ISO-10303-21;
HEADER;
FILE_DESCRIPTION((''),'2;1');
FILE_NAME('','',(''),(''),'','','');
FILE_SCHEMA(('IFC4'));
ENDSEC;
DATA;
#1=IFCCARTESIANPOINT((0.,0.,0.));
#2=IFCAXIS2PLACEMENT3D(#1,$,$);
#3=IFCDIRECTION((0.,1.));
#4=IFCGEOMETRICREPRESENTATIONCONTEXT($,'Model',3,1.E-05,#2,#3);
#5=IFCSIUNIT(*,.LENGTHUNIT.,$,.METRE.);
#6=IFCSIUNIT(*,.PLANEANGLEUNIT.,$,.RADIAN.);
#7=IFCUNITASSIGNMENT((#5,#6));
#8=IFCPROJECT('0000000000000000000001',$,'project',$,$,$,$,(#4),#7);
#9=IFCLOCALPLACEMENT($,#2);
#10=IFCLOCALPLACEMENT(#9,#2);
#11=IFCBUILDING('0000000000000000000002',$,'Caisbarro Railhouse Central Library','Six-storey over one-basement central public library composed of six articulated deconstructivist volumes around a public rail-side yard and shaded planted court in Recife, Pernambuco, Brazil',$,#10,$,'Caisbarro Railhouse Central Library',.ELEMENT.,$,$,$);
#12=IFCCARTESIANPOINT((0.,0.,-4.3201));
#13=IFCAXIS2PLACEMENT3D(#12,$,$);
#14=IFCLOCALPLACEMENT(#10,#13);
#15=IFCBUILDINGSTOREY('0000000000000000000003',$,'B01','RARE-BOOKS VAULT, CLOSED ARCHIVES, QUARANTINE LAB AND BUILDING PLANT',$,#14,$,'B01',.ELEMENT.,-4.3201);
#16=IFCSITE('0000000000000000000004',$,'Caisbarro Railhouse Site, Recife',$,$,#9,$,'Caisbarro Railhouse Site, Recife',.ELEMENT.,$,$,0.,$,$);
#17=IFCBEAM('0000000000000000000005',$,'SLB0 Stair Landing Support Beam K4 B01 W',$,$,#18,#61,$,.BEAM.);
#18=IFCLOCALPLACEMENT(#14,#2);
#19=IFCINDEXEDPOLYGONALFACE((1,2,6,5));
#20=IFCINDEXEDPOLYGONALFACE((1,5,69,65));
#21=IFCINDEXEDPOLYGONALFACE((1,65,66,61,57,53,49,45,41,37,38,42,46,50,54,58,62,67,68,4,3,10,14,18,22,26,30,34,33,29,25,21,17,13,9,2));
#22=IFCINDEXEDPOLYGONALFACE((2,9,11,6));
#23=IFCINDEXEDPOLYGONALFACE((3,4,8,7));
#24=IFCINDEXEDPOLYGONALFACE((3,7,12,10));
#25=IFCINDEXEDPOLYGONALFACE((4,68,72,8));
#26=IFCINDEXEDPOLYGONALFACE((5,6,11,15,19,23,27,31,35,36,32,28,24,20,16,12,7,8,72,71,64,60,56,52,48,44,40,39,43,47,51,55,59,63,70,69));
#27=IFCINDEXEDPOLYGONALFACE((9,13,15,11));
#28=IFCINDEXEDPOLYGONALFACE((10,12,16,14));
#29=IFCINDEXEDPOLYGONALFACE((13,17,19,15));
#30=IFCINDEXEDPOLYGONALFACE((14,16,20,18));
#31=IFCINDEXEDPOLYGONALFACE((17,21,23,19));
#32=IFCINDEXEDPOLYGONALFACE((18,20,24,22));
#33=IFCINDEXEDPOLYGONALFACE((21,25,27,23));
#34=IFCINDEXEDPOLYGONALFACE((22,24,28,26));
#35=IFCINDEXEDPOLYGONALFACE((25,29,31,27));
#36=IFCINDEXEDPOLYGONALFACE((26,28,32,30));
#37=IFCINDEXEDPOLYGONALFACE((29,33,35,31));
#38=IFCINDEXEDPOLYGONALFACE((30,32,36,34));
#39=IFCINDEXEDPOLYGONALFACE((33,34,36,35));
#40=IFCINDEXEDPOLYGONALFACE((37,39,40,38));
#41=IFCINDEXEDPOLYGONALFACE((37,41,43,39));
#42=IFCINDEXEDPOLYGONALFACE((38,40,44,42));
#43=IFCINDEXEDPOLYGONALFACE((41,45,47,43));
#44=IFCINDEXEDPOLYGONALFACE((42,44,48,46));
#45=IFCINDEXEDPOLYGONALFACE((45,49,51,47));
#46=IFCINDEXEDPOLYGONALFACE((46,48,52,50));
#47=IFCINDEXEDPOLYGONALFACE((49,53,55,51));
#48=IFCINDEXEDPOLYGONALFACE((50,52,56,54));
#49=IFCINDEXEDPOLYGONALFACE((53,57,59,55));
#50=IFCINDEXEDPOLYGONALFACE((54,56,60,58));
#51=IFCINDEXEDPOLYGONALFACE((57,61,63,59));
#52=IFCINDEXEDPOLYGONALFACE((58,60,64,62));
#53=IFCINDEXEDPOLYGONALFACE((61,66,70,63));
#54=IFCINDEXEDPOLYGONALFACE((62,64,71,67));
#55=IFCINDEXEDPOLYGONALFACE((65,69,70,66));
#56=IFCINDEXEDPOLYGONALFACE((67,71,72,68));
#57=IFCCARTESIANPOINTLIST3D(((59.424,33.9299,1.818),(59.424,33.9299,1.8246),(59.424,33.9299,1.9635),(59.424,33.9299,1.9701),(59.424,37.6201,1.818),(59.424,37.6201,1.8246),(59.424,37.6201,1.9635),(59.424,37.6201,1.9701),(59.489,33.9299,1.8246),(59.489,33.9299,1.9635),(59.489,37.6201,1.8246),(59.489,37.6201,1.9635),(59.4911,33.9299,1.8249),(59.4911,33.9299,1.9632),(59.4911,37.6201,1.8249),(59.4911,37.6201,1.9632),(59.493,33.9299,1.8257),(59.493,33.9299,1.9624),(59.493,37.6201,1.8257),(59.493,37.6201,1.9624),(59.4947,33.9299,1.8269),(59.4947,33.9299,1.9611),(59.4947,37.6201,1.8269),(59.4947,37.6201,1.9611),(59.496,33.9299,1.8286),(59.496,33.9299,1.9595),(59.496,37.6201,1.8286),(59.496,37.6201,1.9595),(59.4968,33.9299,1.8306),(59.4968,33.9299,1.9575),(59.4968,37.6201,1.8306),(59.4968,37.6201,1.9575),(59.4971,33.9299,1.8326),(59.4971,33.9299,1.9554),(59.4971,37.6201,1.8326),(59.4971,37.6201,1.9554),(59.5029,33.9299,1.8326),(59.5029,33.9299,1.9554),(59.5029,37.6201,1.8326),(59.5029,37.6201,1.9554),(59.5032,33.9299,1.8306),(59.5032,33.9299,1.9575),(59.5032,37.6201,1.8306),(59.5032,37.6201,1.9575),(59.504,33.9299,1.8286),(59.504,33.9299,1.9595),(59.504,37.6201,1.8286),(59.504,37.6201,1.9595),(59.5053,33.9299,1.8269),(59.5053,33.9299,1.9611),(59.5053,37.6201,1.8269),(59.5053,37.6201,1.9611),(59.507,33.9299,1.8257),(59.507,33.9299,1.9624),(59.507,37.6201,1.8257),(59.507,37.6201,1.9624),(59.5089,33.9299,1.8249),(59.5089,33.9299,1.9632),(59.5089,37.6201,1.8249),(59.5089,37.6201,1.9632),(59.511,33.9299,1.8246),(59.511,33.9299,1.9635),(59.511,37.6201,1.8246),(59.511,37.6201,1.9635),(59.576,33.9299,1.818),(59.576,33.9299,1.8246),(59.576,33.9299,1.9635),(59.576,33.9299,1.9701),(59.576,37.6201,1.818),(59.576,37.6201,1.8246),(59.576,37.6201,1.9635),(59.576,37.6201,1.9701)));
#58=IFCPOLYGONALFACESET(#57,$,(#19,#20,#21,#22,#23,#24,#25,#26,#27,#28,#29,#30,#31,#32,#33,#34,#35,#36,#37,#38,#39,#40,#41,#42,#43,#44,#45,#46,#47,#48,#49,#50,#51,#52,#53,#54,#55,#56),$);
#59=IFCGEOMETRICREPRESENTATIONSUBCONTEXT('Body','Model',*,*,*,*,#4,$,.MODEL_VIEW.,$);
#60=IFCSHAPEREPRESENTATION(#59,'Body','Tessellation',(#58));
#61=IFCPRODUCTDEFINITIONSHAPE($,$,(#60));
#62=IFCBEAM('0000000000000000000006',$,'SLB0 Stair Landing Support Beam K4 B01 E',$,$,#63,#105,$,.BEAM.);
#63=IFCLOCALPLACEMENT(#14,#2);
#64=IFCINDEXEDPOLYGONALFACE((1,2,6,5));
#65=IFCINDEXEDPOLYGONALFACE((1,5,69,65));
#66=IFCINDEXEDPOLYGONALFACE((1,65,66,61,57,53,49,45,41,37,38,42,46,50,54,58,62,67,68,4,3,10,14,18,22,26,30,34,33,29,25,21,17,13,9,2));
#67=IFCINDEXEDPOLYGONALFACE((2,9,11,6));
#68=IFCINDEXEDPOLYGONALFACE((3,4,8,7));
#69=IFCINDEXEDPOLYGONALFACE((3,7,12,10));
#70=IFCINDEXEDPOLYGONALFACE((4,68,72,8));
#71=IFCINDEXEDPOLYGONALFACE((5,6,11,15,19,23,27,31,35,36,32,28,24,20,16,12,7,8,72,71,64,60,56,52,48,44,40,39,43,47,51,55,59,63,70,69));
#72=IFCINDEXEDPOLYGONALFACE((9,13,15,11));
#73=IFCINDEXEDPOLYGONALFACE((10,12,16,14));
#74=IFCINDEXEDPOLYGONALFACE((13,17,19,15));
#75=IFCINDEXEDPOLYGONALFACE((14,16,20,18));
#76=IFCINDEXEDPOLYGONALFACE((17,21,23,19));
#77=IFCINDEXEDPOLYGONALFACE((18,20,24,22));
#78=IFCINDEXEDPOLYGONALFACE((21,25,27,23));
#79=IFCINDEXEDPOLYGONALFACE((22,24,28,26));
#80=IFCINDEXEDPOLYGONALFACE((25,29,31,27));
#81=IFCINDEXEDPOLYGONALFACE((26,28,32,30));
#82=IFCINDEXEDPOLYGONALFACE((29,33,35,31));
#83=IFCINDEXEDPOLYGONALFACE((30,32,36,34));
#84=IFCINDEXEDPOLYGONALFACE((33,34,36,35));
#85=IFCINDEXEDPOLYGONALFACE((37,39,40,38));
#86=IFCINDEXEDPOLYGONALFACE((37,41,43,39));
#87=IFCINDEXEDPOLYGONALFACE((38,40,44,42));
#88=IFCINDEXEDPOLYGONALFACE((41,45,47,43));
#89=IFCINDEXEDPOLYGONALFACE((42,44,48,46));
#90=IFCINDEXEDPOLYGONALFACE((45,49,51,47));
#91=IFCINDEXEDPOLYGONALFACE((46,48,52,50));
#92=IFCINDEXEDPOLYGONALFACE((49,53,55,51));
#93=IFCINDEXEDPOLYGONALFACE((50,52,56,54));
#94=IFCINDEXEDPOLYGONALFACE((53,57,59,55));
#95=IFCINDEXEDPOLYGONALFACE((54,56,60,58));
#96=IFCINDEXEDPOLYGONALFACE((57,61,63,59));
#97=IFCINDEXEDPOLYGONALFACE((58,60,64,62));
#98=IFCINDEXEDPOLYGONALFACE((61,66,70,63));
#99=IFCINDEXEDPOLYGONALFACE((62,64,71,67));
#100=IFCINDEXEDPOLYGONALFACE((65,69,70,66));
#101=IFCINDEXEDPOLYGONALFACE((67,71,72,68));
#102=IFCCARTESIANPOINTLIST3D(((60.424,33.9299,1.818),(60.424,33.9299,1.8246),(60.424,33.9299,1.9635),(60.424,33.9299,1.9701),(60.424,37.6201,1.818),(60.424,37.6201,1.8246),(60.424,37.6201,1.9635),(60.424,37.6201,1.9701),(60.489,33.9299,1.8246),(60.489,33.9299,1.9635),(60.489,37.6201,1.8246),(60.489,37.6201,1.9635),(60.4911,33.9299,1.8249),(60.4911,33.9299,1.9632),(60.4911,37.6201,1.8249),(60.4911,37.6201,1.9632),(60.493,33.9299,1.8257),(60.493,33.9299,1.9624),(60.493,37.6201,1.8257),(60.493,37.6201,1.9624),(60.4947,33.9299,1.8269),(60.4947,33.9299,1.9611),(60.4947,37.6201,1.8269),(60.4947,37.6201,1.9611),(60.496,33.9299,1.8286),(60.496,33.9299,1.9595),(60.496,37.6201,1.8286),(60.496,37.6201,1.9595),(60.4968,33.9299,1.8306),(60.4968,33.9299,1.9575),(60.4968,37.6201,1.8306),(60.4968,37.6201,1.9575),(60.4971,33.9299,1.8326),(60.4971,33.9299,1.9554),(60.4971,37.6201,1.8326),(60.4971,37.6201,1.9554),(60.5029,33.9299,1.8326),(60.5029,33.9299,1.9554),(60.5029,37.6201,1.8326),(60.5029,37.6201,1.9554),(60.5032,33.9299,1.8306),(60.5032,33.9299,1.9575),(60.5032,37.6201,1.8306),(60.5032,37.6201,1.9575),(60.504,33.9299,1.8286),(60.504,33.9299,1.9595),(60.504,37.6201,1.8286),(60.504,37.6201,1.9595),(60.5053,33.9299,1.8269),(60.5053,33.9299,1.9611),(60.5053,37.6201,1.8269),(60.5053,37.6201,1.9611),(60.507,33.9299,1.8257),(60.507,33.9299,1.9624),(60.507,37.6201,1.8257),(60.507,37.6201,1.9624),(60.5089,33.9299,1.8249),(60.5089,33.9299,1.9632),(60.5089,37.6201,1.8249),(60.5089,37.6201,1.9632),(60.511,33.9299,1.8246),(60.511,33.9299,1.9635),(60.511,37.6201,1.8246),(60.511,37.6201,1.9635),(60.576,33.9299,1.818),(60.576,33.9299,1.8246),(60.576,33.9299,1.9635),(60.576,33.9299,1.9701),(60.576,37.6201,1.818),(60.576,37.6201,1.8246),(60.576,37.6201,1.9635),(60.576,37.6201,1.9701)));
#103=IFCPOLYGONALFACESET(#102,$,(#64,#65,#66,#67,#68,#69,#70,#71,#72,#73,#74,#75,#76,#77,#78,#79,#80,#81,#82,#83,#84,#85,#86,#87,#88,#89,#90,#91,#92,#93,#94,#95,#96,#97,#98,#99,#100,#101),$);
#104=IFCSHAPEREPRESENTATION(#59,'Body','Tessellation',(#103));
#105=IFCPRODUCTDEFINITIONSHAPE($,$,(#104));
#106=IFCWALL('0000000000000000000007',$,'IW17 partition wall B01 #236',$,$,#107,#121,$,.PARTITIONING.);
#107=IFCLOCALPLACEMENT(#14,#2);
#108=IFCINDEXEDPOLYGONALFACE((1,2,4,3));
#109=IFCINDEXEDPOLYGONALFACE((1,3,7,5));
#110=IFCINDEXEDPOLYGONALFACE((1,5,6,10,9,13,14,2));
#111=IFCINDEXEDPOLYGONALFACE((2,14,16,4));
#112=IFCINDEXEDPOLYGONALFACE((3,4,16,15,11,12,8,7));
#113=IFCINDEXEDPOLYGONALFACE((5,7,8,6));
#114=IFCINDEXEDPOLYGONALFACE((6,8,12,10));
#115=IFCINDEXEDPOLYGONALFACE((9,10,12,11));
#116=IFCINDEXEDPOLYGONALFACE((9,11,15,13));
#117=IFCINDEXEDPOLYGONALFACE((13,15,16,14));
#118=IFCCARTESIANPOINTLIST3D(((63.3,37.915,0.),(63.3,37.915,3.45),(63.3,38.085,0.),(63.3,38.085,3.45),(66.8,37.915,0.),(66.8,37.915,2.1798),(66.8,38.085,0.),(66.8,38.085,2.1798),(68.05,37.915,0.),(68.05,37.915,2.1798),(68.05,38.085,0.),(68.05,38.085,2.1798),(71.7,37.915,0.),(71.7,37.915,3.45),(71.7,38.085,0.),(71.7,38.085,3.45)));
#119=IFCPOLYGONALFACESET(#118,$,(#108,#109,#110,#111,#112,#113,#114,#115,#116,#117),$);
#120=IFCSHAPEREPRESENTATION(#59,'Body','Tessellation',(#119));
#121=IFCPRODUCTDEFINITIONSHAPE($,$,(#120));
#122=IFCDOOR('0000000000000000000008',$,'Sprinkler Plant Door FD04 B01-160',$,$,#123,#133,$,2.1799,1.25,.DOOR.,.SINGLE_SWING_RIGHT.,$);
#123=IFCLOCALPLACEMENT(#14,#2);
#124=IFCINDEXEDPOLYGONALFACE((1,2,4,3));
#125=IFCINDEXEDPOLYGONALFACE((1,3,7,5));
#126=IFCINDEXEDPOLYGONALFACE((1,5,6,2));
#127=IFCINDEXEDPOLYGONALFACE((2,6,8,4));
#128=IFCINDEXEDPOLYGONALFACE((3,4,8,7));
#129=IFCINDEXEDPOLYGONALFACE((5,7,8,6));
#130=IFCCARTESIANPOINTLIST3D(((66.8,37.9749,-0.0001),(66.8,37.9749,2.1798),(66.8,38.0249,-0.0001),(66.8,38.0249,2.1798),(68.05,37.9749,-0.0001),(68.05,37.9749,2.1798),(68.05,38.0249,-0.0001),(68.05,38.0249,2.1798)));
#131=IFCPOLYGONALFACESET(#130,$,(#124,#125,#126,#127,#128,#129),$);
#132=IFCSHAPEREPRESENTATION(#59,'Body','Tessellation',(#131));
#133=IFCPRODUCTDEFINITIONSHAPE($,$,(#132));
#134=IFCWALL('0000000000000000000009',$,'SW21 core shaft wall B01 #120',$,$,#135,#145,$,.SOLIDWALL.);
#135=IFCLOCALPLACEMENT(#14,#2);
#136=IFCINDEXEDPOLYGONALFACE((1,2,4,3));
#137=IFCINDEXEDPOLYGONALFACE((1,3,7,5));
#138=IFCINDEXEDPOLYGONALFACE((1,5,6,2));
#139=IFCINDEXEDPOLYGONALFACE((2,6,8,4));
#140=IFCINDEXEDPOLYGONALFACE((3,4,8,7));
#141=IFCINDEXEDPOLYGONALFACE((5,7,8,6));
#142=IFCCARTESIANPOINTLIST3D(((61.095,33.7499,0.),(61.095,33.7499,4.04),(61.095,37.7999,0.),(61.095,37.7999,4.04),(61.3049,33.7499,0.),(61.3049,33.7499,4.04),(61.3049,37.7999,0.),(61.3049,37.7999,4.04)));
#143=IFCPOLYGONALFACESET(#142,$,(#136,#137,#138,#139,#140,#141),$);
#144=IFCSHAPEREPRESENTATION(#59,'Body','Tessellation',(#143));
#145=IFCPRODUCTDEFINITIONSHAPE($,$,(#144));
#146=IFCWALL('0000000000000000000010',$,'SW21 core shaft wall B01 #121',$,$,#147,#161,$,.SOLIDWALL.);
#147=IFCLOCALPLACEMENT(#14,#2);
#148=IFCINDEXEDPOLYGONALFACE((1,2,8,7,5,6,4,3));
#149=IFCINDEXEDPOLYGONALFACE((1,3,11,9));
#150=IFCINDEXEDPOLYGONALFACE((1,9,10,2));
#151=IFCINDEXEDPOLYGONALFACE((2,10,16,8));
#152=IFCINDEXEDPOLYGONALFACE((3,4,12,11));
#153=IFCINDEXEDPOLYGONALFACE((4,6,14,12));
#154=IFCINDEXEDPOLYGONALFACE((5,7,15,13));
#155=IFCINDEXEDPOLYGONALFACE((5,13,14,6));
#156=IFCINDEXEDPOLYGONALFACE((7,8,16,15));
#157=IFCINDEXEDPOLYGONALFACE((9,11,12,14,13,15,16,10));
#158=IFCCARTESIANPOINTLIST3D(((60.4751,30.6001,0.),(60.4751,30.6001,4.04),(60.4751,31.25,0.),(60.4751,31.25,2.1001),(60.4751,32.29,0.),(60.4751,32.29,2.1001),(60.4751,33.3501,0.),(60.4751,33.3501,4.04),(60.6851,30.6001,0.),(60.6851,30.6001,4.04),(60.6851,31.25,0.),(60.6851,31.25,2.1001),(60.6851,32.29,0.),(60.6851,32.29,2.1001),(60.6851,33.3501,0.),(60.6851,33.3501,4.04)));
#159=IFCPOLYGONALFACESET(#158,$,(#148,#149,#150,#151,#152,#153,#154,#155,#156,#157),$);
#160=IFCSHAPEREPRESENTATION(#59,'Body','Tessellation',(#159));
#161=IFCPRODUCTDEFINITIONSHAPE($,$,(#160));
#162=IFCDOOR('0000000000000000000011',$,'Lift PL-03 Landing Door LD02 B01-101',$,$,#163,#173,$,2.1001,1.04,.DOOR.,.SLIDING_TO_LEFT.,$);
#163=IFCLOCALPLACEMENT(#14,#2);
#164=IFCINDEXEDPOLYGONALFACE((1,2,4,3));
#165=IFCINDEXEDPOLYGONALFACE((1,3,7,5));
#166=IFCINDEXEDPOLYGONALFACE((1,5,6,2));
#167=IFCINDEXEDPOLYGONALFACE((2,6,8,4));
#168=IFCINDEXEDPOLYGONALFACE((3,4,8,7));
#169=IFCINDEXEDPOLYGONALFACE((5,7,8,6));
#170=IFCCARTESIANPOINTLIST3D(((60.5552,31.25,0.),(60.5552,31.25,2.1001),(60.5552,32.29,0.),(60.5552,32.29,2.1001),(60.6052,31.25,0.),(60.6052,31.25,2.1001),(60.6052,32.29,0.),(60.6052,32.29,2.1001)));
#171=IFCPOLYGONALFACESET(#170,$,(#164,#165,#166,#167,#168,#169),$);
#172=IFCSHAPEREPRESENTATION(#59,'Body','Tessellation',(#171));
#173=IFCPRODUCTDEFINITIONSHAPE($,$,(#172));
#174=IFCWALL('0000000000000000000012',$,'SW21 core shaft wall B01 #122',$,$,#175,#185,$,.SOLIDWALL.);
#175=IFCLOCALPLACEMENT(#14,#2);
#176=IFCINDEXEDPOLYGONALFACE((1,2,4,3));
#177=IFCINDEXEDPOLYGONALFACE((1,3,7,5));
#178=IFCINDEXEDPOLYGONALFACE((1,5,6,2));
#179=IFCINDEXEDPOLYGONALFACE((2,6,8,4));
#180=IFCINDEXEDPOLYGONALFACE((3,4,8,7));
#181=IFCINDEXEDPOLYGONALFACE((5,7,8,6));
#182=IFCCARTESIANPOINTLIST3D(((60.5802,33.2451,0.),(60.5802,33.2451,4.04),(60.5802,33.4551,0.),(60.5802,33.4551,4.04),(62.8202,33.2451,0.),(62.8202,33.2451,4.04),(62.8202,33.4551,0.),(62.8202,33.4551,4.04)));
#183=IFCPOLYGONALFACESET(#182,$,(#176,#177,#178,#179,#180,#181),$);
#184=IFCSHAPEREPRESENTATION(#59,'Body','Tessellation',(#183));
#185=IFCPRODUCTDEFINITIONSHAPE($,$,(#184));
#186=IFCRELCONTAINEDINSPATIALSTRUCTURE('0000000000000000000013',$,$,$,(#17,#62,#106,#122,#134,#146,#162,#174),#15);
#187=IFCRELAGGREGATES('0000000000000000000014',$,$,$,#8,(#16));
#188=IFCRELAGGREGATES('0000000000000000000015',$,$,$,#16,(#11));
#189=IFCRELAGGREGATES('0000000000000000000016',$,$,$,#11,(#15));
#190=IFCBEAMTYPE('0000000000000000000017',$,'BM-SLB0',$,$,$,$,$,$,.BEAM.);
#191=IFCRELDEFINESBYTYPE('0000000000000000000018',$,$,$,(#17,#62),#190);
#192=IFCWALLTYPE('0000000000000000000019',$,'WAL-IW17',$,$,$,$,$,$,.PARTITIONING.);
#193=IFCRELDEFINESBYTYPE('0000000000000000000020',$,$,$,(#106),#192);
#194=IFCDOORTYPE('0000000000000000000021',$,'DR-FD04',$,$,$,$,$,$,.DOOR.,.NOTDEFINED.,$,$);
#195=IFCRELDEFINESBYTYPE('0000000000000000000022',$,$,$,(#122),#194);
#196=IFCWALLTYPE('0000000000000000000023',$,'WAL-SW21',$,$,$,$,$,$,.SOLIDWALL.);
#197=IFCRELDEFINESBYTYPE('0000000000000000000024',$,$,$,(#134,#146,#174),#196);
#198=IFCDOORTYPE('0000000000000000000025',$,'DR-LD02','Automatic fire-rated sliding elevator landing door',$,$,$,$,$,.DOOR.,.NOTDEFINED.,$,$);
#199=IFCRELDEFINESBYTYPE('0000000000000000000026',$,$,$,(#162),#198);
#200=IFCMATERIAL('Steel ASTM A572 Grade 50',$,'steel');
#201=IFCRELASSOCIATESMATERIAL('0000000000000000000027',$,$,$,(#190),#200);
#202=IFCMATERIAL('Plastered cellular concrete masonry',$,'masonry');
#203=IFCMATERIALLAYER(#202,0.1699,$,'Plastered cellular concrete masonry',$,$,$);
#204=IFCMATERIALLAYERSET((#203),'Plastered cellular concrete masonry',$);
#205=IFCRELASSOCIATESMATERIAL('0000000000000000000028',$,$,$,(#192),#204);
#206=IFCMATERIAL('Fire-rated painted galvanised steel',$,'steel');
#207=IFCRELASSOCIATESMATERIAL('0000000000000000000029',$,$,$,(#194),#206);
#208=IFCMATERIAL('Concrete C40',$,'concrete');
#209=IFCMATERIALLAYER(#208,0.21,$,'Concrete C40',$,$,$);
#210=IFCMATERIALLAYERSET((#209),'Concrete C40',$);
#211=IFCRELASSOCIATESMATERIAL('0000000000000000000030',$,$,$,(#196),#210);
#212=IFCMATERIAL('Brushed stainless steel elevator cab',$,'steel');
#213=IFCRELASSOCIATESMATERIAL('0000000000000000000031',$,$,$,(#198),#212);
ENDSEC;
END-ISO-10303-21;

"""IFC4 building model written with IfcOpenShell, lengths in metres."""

from ifc_helpers import new_model, si_unit, direction, frame, frame_2d, origin, origin_2d, place, context, subcontext, project, spatial, rectangle, i_section, extrude, material, layer, layer_set, material_profile, profile_set, type_object, element, fill, save


model = new_model("IFC4")

# Units and contexts
model_context = context("Model", 3, precision=1e-05, world=origin(), true_north=direction((0.0, 1.0)))
body_context = subcontext(model_context, "Body", "Model", "MODEL_VIEW")
ifc_project = project(units=[si_unit("LENGTHUNIT", "METRE"), si_unit("PLANEANGLEUNIT", "RADIAN")], contexts=[model_context])

# Site, building, storey
site_placement = place(None, origin())
site = spatial("IfcSite", under=ifc_project, at=site_placement, Name="Caisbarro Railhouse Site, Recife", LongName="Caisbarro Railhouse Site, Recife", CompositionType="ELEMENT", RefElevation=0.0)
building_placement = place(site_placement, origin())
building = spatial("IfcBuilding", under=site, at=building_placement, Name="Caisbarro Railhouse Central Library", Description="Six-storey over one-basement central public library composed of six articulated deconstructivist volumes around a public rail-side yard and shaded planted court in Recife, Pernambuco, Brazil", LongName="Caisbarro Railhouse Central Library", CompositionType="ELEMENT")
storey_placement = place(building_placement, frame((0.0, 0.0, -4.3201)))
storey = spatial("IfcBuildingStorey", under=building, at=storey_placement, Name="B01", Description="RARE-BOOKS VAULT, CLOSED ARCHIVES, QUARANTINE LAB AND BUILDING PLANT", LongName="B01", CompositionType="ELEMENT", Elevation=-4.3201)

# Shared definitions
ifc_material_1 = material(Name="Concrete C40", Category="concrete")

# Shared definitions
ifc_material_2 = material(Name="Steel ASTM A572 Grade 50", Category="steel")

# Beams
ifc_material_profile_1 = material_profile(ifc_material_2, i_section(OverallWidth=0.1521, OverallDepth=0.1521, WebThickness=0.0059, FlangeThickness=0.0066, FilletRadius=0.0081, at=origin_2d()), Name="W150X22.5")
ifc_profile_set_1 = profile_set([ifc_material_profile_1], Name="Steel ASTM A572 Grade 50")
beam_type_1 = type_object("IfcBeamType", Name="BM-SLB0", PredefinedType="BEAM", material=ifc_profile_set_1)
for number, where, z_axis, x_axis, name in (
    (1, (59.5, 33.9299, 1.894), (0.0, 1.0, 0.0), (-1.0, 0.0, 0.0), "SLB0 Stair Landing Support Beam K4 B01 W"),
    (2, (60.5, 33.9299, 1.894), (0.0, 1.0, 0.0), (-1.0, 0.0, 0.0), "SLB0 Stair Landing Support Beam K4 B01 E"),
):
    element("IfcBeam", number, at=place(storey_placement, frame(where, z_axis=z_axis, x_axis=x_axis)), inside=storey, type_object=beam_type_1, Name=name, PredefinedType="BEAM", context=body_context, shape_type="SweptSolid", body=[
        extrude(i_section(OverallWidth=0.1521, OverallDepth=0.1521, WebThickness=0.0059, FlangeThickness=0.0066, FilletRadius=0.0081, at=origin_2d()), origin(), (0.0, 0.0, 1.0), 3.6902),
    ])

# Wall, opening, door
ifc_material_3 = material(Name="Fire-rated painted galvanised steel", Category="steel")
ifc_material_4 = material(Name="Plastered cellular concrete masonry", Category="masonry")
ifc_layer_1 = layer(ifc_material_4, 0.1699, Name="Plastered cellular concrete masonry")
ifc_layer_set_1 = layer_set([ifc_layer_1], Name="Plastered cellular concrete masonry")
wall_type_1 = type_object("IfcWallType", Name="WAL-IW17", PredefinedType="PARTITIONING", material=ifc_layer_set_1)
wall_1_placement = place(storey_placement, frame((63.3, 38.0, 0.0), z_axis=(0.0, 0.0, 1.0), x_axis=(1.0, 0.0, 0.0)))
wall_1 = element("IfcWall", 3, at=wall_1_placement, inside=storey, type_object=wall_type_1, Name="IW17 partition wall B01 #236", PredefinedType="PARTITIONING", context=body_context, shape_type="SweptSolid", body=[
    extrude(rectangle(XDim=8.3999, YDim=0.1699, at=frame_2d((4.2, 0.0))), origin(), (0.0, 0.0, 1.0), 3.45),
])
opening_1_placement = place(wall_1_placement, frame((3.5, 0.0, 0.0)))
opening_1 = element("IfcOpeningElement", 4, at=opening_1_placement, cuts=wall_1, PredefinedType="OPENING", context=body_context, shape_type="SweptSolid", body=[
    extrude(rectangle(XDim=1.25, YDim=2.1799, at=frame_2d((0.625, 1.0898))), frame((0.0, 0.095, 0.0), z_axis=(0.0, -1.0, 0.0), x_axis=(1.0, 0.0, 0.0)), (0.0, 0.0, 1.0), 0.1899),
])
door_type_1 = type_object("IfcDoorType", Name="DR-FD04", OperationType="NOTDEFINED", PredefinedType="DOOR", material=ifc_material_3)
door_1_placement = place(opening_1_placement, origin())
door_1 = element("IfcDoor", 5, at=door_1_placement, inside=storey, type_object=door_type_1, Name="Sprinkler Plant Door FD04 B01-160", OperationType="SINGLE_SWING_RIGHT", OverallHeight=2.1799, OverallWidth=1.25, PredefinedType="DOOR", context=body_context, shape_type="SweptSolid", body=[
    extrude(rectangle(XDim=1.25, YDim=2.1799, at=frame_2d((0.625, 1.0898))), frame((0.0, 0.0249, 0.0), z_axis=(0.0, -1.0, 0.0), x_axis=(1.0, 0.0, 0.0)), (0.0, 0.0, 1.0), 0.05),
])
fill(opening_1, door_1)

# Wall
ifc_layer_2 = layer(ifc_material_1, 0.21, Name="Concrete C40")
ifc_layer_set_2 = layer_set([ifc_layer_2], Name="Concrete C40")
wall_type_2 = type_object("IfcWallType", Name="WAL-SW21", PredefinedType="SOLIDWALL", material=ifc_layer_set_2)
wall_2_placement = place(storey_placement, frame((61.2, 33.75, 0.0), z_axis=(0.0, 0.0, 1.0), x_axis=(0.0, 1.0, 0.0)))
element("IfcWall", 6, at=wall_2_placement, inside=storey, type_object=wall_type_2, Name="SW21 core shaft wall B01 #120", PredefinedType="SOLIDWALL", context=body_context, shape_type="SweptSolid", body=[
    extrude(rectangle(XDim=4.05, YDim=0.21, at=frame_2d((2.0249, 0.0))), origin(), (0.0, 0.0, 1.0), 4.04),
])

# Wall, opening, door
wall_3_placement = place(storey_placement, frame((60.5801, 30.6001, 0.0), z_axis=(0.0, 0.0, 1.0), x_axis=(0.0, 1.0, 0.0)))
wall_3 = element("IfcWall", 7, at=wall_3_placement, inside=storey, type_object=wall_type_2, Name="SW21 core shaft wall B01 #121", PredefinedType="SOLIDWALL", context=body_context, shape_type="SweptSolid", body=[
    extrude(rectangle(XDim=2.75, YDim=0.21, at=frame_2d((1.375, 0.0))), origin(), (0.0, 0.0, 1.0), 4.04),
])
opening_2_placement = place(wall_3_placement, frame((0.6499, 0.0, 0.0)))
opening_2 = element("IfcOpeningElement", 8, at=opening_2_placement, cuts=wall_3, PredefinedType="OPENING", context=body_context, shape_type="SweptSolid", body=[
    extrude(rectangle(XDim=1.04, YDim=2.1001, at=frame_2d((0.52, 1.05))), frame((0.0, 0.115, 0.0), z_axis=(0.0, -1.0, 0.0), x_axis=(1.0, 0.0, 0.0)), (0.0, 0.0, 1.0), 0.23),
])
ifc_material_5 = material(Name="Brushed stainless steel elevator cab", Category="steel")
door_type_2 = type_object("IfcDoorType", Name="DR-LD02", Description="Automatic fire-rated sliding elevator landing door", OperationType="NOTDEFINED", PredefinedType="DOOR", material=ifc_material_5)
door_2_placement = place(opening_2_placement, origin())
door_2 = element("IfcDoor", 9, at=door_2_placement, inside=storey, type_object=door_type_2, Name="Lift PL-03 Landing Door LD02 B01-101", OperationType="SLIDING_TO_LEFT", OverallHeight=2.1001, OverallWidth=1.04, PredefinedType="DOOR", context=body_context, shape_type="SweptSolid", body=[
    extrude(rectangle(XDim=1.04, YDim=2.1001, at=frame_2d((0.52, 1.05))), frame((0.0, 0.0249, 0.0), z_axis=(0.0, -1.0, 0.0), x_axis=(1.0, 0.0, 0.0)), (0.0, 0.0, 1.0), 0.05),
])
fill(opening_2, door_2)

# Wall
wall_4_placement = place(storey_placement, frame((60.5801, 33.3501, 0.0), z_axis=(0.0, 0.0, 1.0), x_axis=(1.0, 0.0, 0.0)))
element("IfcWall", 10, at=wall_4_placement, inside=storey, type_object=wall_type_2, Name="SW21 core shaft wall B01 #122", PredefinedType="SOLIDWALL", context=body_context, shape_type="SweptSolid", body=[
    extrude(rectangle(XDim=2.24, YDim=0.21, at=frame_2d((1.1201, 0.0))), origin(), (0.0, 0.0, 1.0), 4.04),
])

save(model, "model.ifc")
